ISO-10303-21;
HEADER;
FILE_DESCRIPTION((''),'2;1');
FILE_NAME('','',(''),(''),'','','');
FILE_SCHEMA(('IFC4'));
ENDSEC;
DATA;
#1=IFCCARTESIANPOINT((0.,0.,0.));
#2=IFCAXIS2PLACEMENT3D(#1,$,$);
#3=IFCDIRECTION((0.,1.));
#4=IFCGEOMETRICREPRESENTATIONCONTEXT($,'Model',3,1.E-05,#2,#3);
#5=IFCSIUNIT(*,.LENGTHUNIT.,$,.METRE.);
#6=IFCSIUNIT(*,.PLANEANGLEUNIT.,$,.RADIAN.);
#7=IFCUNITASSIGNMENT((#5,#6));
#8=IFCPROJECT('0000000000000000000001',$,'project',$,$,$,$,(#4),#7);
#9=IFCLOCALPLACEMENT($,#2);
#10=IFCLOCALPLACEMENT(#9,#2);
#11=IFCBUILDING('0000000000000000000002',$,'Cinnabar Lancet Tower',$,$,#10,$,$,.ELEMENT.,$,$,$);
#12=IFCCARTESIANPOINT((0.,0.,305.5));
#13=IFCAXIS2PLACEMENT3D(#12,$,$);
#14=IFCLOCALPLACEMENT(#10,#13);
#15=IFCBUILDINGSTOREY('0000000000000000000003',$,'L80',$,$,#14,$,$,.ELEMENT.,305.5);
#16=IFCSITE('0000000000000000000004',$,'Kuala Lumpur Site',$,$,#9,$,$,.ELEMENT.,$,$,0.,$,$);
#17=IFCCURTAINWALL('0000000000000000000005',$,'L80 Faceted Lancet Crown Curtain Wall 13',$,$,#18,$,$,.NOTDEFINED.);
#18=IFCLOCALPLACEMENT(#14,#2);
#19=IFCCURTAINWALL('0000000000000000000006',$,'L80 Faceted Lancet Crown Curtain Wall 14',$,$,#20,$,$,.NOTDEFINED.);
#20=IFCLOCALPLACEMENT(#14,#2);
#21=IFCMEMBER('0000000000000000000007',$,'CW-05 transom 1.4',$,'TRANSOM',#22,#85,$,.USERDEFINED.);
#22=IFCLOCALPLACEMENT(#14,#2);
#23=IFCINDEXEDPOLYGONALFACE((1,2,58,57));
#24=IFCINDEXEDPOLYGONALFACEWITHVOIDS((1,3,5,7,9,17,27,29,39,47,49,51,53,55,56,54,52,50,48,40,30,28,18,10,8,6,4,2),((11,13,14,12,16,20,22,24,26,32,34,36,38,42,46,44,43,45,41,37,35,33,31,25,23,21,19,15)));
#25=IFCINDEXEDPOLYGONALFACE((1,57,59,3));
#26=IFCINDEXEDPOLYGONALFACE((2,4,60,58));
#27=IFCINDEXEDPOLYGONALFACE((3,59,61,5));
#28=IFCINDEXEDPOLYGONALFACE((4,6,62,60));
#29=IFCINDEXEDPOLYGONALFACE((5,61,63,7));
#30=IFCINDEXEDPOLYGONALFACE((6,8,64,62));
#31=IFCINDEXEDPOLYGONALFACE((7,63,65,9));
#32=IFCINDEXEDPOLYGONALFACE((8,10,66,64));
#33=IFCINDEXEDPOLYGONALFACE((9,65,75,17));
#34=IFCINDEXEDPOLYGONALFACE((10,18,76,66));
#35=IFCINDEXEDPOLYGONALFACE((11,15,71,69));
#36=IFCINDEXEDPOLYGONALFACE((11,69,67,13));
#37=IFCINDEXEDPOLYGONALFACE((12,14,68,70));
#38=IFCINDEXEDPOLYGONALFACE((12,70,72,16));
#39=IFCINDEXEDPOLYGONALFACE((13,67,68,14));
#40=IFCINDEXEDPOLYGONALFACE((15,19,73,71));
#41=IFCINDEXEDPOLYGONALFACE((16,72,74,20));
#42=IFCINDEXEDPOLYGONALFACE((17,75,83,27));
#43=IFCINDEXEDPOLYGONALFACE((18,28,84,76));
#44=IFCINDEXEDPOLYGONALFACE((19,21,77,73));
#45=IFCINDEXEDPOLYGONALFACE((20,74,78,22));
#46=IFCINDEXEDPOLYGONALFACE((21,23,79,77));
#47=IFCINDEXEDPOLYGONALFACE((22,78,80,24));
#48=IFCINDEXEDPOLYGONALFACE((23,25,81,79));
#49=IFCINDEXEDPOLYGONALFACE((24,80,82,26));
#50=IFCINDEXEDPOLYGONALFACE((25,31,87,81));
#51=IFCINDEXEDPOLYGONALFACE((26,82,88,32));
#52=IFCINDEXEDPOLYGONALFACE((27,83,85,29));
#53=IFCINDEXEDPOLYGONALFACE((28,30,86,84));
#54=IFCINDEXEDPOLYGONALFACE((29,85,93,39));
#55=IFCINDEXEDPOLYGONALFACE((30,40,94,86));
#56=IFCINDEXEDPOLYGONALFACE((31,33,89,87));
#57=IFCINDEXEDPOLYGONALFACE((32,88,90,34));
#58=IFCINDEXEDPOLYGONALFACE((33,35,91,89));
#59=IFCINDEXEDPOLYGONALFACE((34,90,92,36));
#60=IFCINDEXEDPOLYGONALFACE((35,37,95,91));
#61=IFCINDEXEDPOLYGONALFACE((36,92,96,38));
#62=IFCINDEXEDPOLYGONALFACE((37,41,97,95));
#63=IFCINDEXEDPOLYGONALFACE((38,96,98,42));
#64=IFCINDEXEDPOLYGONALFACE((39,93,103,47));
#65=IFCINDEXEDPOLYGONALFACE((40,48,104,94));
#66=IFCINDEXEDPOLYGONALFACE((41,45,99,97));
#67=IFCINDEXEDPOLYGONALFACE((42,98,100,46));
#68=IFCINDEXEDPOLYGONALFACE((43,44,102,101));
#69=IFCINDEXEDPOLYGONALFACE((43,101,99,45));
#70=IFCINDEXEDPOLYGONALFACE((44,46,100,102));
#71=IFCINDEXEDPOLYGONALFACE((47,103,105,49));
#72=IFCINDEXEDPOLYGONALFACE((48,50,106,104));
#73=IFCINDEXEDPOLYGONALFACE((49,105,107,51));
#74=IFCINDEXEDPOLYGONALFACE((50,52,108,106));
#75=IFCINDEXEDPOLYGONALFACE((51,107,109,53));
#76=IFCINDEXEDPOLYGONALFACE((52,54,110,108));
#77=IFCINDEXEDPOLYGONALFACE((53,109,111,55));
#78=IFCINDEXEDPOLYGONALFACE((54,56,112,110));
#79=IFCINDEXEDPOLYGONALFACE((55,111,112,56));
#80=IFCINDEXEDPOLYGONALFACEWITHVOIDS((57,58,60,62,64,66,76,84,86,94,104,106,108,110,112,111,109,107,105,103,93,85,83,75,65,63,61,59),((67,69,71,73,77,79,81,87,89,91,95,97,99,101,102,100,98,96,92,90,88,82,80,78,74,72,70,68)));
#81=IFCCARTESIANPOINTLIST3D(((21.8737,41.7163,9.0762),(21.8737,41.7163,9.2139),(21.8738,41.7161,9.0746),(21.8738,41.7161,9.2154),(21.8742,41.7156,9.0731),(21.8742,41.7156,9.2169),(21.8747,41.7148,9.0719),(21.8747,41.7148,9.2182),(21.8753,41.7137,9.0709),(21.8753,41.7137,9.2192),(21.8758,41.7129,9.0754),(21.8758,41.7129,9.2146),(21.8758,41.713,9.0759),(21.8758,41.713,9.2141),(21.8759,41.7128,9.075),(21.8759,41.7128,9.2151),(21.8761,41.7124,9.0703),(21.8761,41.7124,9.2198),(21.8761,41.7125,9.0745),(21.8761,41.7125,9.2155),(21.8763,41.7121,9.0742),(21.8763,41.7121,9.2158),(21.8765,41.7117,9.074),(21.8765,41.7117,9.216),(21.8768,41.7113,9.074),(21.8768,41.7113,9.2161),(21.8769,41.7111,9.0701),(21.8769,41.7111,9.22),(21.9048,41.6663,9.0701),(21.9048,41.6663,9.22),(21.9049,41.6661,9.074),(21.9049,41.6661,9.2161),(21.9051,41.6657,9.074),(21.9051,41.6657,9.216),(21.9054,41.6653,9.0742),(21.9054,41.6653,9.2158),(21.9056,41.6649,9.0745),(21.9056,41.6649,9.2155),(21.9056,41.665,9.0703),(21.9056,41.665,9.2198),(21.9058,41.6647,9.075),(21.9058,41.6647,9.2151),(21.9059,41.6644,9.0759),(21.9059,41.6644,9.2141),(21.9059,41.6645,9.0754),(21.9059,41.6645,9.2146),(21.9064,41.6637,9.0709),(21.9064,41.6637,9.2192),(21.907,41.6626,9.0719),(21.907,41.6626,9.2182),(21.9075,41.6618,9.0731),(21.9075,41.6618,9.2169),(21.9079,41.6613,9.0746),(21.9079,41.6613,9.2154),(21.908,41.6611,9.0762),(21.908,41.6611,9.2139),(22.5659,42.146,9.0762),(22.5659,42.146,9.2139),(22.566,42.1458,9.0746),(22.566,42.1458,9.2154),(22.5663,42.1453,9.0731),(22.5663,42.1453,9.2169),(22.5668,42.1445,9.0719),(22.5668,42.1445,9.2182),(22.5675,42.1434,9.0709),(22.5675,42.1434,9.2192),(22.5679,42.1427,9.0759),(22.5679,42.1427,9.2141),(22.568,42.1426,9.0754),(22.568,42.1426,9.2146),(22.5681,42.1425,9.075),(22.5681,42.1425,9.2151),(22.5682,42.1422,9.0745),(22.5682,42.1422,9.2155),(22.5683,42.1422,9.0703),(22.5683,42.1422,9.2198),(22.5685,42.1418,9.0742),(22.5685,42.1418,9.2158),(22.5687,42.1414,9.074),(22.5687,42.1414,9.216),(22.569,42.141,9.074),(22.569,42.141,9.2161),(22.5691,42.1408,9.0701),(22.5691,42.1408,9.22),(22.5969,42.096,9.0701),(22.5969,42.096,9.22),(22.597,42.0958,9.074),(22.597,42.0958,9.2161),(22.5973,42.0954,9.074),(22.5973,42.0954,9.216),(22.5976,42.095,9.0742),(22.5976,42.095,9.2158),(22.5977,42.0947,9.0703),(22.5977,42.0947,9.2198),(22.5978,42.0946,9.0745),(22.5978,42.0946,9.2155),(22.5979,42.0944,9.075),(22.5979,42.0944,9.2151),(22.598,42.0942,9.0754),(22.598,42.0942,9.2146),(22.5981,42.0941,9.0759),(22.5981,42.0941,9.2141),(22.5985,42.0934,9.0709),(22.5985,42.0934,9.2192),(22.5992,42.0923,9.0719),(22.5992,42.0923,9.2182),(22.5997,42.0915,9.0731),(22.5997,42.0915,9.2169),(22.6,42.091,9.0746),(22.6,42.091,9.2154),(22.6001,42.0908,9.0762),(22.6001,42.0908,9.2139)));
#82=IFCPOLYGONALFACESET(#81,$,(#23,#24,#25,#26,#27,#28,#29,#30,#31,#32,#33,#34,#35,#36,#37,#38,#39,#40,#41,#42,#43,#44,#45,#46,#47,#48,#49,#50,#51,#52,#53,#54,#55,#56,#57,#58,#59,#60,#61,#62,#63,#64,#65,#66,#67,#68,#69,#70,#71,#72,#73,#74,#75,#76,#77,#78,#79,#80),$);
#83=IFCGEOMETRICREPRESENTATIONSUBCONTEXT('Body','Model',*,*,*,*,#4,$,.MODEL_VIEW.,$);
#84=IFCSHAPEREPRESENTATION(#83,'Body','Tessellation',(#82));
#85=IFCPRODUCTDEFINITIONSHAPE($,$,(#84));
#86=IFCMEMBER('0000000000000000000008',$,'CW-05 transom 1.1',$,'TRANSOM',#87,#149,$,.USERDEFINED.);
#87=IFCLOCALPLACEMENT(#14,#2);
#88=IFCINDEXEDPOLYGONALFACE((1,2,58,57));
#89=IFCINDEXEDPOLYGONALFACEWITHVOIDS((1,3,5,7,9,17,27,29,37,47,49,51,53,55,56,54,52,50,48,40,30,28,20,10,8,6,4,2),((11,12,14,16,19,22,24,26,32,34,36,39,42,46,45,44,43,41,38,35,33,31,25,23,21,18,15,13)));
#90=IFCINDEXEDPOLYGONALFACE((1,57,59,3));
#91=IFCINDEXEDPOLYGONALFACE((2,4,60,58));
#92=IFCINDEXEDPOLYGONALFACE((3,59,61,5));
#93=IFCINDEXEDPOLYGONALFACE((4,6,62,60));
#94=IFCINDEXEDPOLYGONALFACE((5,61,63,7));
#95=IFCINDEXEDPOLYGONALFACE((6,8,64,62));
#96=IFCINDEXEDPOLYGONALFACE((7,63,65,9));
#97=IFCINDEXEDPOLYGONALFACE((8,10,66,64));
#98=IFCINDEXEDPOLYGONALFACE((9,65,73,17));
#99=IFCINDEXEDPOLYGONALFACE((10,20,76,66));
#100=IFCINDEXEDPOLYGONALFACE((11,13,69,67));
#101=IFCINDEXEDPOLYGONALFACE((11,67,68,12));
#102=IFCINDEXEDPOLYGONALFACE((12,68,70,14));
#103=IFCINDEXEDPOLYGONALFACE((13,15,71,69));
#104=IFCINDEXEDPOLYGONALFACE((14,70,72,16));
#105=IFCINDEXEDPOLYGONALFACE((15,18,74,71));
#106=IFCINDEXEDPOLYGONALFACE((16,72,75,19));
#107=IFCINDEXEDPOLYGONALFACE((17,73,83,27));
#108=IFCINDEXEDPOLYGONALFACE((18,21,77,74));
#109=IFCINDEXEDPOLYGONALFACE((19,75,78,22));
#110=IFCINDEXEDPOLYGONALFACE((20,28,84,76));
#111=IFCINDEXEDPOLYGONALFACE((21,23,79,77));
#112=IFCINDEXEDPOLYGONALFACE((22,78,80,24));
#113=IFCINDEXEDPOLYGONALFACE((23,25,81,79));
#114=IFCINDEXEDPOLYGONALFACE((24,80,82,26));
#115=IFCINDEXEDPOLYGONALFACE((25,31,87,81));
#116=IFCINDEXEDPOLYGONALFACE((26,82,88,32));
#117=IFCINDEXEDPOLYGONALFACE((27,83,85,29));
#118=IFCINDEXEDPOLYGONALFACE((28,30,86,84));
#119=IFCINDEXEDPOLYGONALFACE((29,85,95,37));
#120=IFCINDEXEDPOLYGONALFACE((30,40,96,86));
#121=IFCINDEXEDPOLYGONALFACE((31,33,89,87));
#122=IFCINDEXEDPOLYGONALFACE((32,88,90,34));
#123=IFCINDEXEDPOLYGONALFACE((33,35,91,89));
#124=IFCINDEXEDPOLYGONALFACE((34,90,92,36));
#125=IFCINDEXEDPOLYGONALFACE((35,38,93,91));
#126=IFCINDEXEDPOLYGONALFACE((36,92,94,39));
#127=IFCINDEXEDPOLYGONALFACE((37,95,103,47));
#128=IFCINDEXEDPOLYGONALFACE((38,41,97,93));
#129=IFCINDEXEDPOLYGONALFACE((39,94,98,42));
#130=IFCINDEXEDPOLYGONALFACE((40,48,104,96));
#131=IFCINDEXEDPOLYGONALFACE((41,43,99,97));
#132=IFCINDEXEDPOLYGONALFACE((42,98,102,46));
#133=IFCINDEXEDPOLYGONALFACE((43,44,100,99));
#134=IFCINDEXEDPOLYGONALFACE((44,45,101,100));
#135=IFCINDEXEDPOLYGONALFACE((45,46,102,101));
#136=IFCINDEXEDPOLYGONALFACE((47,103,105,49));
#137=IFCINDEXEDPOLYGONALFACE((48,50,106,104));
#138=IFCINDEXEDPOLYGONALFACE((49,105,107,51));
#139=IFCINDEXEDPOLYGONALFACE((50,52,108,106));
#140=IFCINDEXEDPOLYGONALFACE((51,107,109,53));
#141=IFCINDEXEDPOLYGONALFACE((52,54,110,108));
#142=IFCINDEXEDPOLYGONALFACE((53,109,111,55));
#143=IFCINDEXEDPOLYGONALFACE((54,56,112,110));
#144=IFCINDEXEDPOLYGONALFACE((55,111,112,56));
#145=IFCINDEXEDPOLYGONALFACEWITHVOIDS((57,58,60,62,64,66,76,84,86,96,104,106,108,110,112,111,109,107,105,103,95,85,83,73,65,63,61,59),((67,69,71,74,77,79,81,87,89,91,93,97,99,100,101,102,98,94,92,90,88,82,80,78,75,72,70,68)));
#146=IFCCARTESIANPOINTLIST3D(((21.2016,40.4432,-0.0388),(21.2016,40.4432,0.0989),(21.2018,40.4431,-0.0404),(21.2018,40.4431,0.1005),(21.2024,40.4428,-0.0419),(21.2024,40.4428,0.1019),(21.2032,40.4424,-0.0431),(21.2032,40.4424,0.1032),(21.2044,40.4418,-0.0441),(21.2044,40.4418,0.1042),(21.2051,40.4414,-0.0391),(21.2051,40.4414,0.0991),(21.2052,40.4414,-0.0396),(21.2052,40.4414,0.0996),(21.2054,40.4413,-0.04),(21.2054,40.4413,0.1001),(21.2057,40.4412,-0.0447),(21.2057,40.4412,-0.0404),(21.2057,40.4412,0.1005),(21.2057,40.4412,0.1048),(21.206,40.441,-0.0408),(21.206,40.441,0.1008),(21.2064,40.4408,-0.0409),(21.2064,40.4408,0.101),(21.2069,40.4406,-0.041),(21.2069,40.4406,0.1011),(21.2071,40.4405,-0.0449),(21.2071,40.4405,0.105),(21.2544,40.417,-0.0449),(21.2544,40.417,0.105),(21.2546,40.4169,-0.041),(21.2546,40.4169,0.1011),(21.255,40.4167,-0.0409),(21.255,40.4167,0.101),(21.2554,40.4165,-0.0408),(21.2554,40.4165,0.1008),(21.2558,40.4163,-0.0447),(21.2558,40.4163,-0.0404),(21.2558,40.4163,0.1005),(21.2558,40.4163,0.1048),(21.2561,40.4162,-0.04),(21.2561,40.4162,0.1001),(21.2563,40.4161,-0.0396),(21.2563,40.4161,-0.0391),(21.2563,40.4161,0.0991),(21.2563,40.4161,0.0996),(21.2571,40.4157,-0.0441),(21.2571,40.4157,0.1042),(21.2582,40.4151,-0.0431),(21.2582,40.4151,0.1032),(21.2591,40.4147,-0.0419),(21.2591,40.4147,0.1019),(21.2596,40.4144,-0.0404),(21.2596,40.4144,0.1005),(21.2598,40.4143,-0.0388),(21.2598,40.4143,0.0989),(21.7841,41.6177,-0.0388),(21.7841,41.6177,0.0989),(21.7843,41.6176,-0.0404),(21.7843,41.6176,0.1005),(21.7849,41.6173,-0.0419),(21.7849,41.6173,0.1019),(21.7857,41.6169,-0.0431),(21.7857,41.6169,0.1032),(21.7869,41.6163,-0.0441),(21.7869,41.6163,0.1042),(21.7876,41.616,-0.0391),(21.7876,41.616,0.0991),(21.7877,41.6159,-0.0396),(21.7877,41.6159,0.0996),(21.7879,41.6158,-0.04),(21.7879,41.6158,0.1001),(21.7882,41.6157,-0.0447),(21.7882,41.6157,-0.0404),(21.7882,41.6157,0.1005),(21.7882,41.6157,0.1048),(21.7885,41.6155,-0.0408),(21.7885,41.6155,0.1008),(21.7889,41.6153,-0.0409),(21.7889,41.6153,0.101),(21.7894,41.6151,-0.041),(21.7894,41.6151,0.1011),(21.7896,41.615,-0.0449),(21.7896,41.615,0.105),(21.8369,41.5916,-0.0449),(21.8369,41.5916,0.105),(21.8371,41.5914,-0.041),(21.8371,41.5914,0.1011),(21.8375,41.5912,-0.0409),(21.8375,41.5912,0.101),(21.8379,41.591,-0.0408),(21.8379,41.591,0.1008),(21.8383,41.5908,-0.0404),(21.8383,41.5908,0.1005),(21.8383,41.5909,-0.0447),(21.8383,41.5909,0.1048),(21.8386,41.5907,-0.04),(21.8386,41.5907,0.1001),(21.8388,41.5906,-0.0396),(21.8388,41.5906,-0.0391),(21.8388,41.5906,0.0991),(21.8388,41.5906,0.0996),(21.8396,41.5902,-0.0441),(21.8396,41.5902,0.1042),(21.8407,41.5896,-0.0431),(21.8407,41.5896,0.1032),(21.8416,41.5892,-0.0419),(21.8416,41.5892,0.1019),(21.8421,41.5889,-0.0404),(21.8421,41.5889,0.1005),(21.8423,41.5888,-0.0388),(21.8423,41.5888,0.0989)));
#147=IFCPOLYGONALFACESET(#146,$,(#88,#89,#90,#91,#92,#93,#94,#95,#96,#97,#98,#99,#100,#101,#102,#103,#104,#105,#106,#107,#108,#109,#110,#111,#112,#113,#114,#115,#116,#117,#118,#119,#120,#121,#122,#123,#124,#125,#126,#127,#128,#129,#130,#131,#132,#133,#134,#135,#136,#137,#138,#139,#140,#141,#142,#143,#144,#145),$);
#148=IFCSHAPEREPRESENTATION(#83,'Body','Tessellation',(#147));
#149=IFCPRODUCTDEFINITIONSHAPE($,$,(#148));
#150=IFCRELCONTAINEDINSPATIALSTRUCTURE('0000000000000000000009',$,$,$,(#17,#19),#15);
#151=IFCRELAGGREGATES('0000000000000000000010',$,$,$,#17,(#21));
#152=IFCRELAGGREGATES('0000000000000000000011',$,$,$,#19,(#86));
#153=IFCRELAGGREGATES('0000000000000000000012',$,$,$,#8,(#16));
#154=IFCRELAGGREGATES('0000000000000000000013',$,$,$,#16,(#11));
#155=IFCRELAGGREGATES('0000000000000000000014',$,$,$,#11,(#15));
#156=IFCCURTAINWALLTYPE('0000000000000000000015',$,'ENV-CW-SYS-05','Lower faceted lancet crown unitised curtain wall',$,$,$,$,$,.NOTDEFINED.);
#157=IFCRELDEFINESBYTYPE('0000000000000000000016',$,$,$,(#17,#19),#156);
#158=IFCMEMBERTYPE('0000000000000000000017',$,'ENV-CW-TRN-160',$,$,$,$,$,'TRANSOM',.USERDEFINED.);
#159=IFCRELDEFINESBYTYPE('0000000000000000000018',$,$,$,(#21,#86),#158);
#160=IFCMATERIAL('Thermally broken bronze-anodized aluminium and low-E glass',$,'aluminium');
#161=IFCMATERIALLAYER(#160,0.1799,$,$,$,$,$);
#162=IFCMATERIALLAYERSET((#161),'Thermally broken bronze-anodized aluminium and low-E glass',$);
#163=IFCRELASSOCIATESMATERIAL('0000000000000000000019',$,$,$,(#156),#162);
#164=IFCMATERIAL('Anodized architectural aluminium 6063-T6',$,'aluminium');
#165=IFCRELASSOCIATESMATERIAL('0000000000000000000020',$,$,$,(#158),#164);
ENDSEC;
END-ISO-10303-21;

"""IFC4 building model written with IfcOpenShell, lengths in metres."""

from ifc_helpers import new_model, si_unit, direction, frame, origin, origin_2d, place, context, subcontext, project, spatial, hollow_rectangle, extrude, material, layer, layer_set, material_profile, profile_set, type_object, element, aggregate, save


model = new_model("IFC4")

# Units and contexts
model_context = context("Model", 3, precision=1e-05, world=origin(), true_north=direction((0.0, 1.0)))
body_context = subcontext(model_context, "Body", "Model", "MODEL_VIEW")
ifc_project = project(units=[si_unit("LENGTHUNIT", "METRE"), si_unit("PLANEANGLEUNIT", "RADIAN")], contexts=[model_context])

# Site, building, storey
site_placement = place(None, origin())
site = spatial("IfcSite", under=ifc_project, at=site_placement, Name="Kuala Lumpur Site", CompositionType="ELEMENT", RefElevation=0.0)
building_placement = place(site_placement, origin())
building = spatial("IfcBuilding", under=site, at=building_placement, Name="Cinnabar Lancet Tower", CompositionType="ELEMENT")
storey_placement = place(building_placement, frame((0.0, 0.0, 305.5)))
storey = spatial("IfcBuildingStorey", under=building, at=storey_placement, Name="L80", CompositionType="ELEMENT", Elevation=305.5)

# Curtain wall
ifc_material_1 = material(Name="Thermally broken bronze-anodized aluminium and low-E glass", Category="aluminium")
ifc_layer_1 = layer(ifc_material_1, 0.1799)
ifc_layer_set_1 = layer_set([ifc_layer_1], Name="Thermally broken bronze-anodized aluminium and low-E glass")
curtain_wall_type = type_object("IfcCurtainWallType", Name="ENV-CW-SYS-05", Description="Lower faceted lancet crown unitised curtain wall", PredefinedType="NOTDEFINED", material=ifc_layer_set_1)
curtain_wall_1_placement = place(storey_placement, origin())
curtain_wall_1 = element("IfcCurtainWall", 1, at=curtain_wall_1_placement, inside=storey, type_object=curtain_wall_type, Name="L80 Faceted Lancet Crown Curtain Wall 13", PredefinedType="NOTDEFINED")

# Curtain wall
curtain_wall_2_placement = place(storey_placement, origin())
curtain_wall_2 = element("IfcCurtainWall", 2, at=curtain_wall_2_placement, inside=storey, type_object=curtain_wall_type, Name="L80 Faceted Lancet Crown Curtain Wall 14", PredefinedType="NOTDEFINED")

# Members
ifc_material_2 = material(Name="Anodized architectural aluminium 6063-T6", Category="aluminium")
ifc_material_profile_1 = material_profile(ifc_material_2, hollow_rectangle(XDim=0.0649, YDim=0.1499, WallThickness=0.0039, InnerFilletRadius=0.002, OuterFilletRadius=0.0061, at=origin_2d()), Name="CW-TRN 150x65x4")
ifc_profile_set_1 = profile_set([ifc_material_profile_1], Name="Anodized architectural aluminium 6063-T6")
member_type_1 = type_object("IfcMemberType", Name="ENV-CW-TRN-160", ElementType="TRANSOM", PredefinedType="USERDEFINED", material=ifc_profile_set_1)
member_1_placement = place(storey_placement, frame((22.583, 42.1184, 9.145), z_axis=(-0.849594, -0.527437, 0.0), x_axis=(0.527437, -0.849594, 0.0)))
member_1 = element("IfcMember", 3, at=member_1_placement, type_object=member_type_1, Name="CW-05 transom 1.4", ObjectType="TRANSOM", PredefinedType="USERDEFINED", context=body_context, shape_type="SweptSolid", body=[
    extrude(hollow_rectangle(XDim=0.0649, YDim=0.1499, WallThickness=0.0039, InnerFilletRadius=0.002, OuterFilletRadius=0.0061, at=origin_2d()), origin(), (0.0, 0.0, 1.0), 0.8147),
])
member_2_placement = place(storey_placement, frame((21.8132, 41.6033, 0.03), z_axis=(-0.444306, -0.895875, 0.0), x_axis=(0.895875, -0.444306, 0.0)))
member_2 = element("IfcMember", 4, at=member_2_placement, type_object=member_type_1, Name="CW-05 transom 1.1", ObjectType="TRANSOM", PredefinedType="USERDEFINED", context=body_context, shape_type="SweptSolid", body=[
    extrude(hollow_rectangle(XDim=0.0649, YDim=0.1499, WallThickness=0.0039, InnerFilletRadius=0.002, OuterFilletRadius=0.0061, at=origin_2d()), origin(), (0.0, 0.0, 1.0), 1.311),
])

aggregate(curtain_wall_1, [member_1])
aggregate(curtain_wall_2, [member_2])

save(model, "model.ifc")
